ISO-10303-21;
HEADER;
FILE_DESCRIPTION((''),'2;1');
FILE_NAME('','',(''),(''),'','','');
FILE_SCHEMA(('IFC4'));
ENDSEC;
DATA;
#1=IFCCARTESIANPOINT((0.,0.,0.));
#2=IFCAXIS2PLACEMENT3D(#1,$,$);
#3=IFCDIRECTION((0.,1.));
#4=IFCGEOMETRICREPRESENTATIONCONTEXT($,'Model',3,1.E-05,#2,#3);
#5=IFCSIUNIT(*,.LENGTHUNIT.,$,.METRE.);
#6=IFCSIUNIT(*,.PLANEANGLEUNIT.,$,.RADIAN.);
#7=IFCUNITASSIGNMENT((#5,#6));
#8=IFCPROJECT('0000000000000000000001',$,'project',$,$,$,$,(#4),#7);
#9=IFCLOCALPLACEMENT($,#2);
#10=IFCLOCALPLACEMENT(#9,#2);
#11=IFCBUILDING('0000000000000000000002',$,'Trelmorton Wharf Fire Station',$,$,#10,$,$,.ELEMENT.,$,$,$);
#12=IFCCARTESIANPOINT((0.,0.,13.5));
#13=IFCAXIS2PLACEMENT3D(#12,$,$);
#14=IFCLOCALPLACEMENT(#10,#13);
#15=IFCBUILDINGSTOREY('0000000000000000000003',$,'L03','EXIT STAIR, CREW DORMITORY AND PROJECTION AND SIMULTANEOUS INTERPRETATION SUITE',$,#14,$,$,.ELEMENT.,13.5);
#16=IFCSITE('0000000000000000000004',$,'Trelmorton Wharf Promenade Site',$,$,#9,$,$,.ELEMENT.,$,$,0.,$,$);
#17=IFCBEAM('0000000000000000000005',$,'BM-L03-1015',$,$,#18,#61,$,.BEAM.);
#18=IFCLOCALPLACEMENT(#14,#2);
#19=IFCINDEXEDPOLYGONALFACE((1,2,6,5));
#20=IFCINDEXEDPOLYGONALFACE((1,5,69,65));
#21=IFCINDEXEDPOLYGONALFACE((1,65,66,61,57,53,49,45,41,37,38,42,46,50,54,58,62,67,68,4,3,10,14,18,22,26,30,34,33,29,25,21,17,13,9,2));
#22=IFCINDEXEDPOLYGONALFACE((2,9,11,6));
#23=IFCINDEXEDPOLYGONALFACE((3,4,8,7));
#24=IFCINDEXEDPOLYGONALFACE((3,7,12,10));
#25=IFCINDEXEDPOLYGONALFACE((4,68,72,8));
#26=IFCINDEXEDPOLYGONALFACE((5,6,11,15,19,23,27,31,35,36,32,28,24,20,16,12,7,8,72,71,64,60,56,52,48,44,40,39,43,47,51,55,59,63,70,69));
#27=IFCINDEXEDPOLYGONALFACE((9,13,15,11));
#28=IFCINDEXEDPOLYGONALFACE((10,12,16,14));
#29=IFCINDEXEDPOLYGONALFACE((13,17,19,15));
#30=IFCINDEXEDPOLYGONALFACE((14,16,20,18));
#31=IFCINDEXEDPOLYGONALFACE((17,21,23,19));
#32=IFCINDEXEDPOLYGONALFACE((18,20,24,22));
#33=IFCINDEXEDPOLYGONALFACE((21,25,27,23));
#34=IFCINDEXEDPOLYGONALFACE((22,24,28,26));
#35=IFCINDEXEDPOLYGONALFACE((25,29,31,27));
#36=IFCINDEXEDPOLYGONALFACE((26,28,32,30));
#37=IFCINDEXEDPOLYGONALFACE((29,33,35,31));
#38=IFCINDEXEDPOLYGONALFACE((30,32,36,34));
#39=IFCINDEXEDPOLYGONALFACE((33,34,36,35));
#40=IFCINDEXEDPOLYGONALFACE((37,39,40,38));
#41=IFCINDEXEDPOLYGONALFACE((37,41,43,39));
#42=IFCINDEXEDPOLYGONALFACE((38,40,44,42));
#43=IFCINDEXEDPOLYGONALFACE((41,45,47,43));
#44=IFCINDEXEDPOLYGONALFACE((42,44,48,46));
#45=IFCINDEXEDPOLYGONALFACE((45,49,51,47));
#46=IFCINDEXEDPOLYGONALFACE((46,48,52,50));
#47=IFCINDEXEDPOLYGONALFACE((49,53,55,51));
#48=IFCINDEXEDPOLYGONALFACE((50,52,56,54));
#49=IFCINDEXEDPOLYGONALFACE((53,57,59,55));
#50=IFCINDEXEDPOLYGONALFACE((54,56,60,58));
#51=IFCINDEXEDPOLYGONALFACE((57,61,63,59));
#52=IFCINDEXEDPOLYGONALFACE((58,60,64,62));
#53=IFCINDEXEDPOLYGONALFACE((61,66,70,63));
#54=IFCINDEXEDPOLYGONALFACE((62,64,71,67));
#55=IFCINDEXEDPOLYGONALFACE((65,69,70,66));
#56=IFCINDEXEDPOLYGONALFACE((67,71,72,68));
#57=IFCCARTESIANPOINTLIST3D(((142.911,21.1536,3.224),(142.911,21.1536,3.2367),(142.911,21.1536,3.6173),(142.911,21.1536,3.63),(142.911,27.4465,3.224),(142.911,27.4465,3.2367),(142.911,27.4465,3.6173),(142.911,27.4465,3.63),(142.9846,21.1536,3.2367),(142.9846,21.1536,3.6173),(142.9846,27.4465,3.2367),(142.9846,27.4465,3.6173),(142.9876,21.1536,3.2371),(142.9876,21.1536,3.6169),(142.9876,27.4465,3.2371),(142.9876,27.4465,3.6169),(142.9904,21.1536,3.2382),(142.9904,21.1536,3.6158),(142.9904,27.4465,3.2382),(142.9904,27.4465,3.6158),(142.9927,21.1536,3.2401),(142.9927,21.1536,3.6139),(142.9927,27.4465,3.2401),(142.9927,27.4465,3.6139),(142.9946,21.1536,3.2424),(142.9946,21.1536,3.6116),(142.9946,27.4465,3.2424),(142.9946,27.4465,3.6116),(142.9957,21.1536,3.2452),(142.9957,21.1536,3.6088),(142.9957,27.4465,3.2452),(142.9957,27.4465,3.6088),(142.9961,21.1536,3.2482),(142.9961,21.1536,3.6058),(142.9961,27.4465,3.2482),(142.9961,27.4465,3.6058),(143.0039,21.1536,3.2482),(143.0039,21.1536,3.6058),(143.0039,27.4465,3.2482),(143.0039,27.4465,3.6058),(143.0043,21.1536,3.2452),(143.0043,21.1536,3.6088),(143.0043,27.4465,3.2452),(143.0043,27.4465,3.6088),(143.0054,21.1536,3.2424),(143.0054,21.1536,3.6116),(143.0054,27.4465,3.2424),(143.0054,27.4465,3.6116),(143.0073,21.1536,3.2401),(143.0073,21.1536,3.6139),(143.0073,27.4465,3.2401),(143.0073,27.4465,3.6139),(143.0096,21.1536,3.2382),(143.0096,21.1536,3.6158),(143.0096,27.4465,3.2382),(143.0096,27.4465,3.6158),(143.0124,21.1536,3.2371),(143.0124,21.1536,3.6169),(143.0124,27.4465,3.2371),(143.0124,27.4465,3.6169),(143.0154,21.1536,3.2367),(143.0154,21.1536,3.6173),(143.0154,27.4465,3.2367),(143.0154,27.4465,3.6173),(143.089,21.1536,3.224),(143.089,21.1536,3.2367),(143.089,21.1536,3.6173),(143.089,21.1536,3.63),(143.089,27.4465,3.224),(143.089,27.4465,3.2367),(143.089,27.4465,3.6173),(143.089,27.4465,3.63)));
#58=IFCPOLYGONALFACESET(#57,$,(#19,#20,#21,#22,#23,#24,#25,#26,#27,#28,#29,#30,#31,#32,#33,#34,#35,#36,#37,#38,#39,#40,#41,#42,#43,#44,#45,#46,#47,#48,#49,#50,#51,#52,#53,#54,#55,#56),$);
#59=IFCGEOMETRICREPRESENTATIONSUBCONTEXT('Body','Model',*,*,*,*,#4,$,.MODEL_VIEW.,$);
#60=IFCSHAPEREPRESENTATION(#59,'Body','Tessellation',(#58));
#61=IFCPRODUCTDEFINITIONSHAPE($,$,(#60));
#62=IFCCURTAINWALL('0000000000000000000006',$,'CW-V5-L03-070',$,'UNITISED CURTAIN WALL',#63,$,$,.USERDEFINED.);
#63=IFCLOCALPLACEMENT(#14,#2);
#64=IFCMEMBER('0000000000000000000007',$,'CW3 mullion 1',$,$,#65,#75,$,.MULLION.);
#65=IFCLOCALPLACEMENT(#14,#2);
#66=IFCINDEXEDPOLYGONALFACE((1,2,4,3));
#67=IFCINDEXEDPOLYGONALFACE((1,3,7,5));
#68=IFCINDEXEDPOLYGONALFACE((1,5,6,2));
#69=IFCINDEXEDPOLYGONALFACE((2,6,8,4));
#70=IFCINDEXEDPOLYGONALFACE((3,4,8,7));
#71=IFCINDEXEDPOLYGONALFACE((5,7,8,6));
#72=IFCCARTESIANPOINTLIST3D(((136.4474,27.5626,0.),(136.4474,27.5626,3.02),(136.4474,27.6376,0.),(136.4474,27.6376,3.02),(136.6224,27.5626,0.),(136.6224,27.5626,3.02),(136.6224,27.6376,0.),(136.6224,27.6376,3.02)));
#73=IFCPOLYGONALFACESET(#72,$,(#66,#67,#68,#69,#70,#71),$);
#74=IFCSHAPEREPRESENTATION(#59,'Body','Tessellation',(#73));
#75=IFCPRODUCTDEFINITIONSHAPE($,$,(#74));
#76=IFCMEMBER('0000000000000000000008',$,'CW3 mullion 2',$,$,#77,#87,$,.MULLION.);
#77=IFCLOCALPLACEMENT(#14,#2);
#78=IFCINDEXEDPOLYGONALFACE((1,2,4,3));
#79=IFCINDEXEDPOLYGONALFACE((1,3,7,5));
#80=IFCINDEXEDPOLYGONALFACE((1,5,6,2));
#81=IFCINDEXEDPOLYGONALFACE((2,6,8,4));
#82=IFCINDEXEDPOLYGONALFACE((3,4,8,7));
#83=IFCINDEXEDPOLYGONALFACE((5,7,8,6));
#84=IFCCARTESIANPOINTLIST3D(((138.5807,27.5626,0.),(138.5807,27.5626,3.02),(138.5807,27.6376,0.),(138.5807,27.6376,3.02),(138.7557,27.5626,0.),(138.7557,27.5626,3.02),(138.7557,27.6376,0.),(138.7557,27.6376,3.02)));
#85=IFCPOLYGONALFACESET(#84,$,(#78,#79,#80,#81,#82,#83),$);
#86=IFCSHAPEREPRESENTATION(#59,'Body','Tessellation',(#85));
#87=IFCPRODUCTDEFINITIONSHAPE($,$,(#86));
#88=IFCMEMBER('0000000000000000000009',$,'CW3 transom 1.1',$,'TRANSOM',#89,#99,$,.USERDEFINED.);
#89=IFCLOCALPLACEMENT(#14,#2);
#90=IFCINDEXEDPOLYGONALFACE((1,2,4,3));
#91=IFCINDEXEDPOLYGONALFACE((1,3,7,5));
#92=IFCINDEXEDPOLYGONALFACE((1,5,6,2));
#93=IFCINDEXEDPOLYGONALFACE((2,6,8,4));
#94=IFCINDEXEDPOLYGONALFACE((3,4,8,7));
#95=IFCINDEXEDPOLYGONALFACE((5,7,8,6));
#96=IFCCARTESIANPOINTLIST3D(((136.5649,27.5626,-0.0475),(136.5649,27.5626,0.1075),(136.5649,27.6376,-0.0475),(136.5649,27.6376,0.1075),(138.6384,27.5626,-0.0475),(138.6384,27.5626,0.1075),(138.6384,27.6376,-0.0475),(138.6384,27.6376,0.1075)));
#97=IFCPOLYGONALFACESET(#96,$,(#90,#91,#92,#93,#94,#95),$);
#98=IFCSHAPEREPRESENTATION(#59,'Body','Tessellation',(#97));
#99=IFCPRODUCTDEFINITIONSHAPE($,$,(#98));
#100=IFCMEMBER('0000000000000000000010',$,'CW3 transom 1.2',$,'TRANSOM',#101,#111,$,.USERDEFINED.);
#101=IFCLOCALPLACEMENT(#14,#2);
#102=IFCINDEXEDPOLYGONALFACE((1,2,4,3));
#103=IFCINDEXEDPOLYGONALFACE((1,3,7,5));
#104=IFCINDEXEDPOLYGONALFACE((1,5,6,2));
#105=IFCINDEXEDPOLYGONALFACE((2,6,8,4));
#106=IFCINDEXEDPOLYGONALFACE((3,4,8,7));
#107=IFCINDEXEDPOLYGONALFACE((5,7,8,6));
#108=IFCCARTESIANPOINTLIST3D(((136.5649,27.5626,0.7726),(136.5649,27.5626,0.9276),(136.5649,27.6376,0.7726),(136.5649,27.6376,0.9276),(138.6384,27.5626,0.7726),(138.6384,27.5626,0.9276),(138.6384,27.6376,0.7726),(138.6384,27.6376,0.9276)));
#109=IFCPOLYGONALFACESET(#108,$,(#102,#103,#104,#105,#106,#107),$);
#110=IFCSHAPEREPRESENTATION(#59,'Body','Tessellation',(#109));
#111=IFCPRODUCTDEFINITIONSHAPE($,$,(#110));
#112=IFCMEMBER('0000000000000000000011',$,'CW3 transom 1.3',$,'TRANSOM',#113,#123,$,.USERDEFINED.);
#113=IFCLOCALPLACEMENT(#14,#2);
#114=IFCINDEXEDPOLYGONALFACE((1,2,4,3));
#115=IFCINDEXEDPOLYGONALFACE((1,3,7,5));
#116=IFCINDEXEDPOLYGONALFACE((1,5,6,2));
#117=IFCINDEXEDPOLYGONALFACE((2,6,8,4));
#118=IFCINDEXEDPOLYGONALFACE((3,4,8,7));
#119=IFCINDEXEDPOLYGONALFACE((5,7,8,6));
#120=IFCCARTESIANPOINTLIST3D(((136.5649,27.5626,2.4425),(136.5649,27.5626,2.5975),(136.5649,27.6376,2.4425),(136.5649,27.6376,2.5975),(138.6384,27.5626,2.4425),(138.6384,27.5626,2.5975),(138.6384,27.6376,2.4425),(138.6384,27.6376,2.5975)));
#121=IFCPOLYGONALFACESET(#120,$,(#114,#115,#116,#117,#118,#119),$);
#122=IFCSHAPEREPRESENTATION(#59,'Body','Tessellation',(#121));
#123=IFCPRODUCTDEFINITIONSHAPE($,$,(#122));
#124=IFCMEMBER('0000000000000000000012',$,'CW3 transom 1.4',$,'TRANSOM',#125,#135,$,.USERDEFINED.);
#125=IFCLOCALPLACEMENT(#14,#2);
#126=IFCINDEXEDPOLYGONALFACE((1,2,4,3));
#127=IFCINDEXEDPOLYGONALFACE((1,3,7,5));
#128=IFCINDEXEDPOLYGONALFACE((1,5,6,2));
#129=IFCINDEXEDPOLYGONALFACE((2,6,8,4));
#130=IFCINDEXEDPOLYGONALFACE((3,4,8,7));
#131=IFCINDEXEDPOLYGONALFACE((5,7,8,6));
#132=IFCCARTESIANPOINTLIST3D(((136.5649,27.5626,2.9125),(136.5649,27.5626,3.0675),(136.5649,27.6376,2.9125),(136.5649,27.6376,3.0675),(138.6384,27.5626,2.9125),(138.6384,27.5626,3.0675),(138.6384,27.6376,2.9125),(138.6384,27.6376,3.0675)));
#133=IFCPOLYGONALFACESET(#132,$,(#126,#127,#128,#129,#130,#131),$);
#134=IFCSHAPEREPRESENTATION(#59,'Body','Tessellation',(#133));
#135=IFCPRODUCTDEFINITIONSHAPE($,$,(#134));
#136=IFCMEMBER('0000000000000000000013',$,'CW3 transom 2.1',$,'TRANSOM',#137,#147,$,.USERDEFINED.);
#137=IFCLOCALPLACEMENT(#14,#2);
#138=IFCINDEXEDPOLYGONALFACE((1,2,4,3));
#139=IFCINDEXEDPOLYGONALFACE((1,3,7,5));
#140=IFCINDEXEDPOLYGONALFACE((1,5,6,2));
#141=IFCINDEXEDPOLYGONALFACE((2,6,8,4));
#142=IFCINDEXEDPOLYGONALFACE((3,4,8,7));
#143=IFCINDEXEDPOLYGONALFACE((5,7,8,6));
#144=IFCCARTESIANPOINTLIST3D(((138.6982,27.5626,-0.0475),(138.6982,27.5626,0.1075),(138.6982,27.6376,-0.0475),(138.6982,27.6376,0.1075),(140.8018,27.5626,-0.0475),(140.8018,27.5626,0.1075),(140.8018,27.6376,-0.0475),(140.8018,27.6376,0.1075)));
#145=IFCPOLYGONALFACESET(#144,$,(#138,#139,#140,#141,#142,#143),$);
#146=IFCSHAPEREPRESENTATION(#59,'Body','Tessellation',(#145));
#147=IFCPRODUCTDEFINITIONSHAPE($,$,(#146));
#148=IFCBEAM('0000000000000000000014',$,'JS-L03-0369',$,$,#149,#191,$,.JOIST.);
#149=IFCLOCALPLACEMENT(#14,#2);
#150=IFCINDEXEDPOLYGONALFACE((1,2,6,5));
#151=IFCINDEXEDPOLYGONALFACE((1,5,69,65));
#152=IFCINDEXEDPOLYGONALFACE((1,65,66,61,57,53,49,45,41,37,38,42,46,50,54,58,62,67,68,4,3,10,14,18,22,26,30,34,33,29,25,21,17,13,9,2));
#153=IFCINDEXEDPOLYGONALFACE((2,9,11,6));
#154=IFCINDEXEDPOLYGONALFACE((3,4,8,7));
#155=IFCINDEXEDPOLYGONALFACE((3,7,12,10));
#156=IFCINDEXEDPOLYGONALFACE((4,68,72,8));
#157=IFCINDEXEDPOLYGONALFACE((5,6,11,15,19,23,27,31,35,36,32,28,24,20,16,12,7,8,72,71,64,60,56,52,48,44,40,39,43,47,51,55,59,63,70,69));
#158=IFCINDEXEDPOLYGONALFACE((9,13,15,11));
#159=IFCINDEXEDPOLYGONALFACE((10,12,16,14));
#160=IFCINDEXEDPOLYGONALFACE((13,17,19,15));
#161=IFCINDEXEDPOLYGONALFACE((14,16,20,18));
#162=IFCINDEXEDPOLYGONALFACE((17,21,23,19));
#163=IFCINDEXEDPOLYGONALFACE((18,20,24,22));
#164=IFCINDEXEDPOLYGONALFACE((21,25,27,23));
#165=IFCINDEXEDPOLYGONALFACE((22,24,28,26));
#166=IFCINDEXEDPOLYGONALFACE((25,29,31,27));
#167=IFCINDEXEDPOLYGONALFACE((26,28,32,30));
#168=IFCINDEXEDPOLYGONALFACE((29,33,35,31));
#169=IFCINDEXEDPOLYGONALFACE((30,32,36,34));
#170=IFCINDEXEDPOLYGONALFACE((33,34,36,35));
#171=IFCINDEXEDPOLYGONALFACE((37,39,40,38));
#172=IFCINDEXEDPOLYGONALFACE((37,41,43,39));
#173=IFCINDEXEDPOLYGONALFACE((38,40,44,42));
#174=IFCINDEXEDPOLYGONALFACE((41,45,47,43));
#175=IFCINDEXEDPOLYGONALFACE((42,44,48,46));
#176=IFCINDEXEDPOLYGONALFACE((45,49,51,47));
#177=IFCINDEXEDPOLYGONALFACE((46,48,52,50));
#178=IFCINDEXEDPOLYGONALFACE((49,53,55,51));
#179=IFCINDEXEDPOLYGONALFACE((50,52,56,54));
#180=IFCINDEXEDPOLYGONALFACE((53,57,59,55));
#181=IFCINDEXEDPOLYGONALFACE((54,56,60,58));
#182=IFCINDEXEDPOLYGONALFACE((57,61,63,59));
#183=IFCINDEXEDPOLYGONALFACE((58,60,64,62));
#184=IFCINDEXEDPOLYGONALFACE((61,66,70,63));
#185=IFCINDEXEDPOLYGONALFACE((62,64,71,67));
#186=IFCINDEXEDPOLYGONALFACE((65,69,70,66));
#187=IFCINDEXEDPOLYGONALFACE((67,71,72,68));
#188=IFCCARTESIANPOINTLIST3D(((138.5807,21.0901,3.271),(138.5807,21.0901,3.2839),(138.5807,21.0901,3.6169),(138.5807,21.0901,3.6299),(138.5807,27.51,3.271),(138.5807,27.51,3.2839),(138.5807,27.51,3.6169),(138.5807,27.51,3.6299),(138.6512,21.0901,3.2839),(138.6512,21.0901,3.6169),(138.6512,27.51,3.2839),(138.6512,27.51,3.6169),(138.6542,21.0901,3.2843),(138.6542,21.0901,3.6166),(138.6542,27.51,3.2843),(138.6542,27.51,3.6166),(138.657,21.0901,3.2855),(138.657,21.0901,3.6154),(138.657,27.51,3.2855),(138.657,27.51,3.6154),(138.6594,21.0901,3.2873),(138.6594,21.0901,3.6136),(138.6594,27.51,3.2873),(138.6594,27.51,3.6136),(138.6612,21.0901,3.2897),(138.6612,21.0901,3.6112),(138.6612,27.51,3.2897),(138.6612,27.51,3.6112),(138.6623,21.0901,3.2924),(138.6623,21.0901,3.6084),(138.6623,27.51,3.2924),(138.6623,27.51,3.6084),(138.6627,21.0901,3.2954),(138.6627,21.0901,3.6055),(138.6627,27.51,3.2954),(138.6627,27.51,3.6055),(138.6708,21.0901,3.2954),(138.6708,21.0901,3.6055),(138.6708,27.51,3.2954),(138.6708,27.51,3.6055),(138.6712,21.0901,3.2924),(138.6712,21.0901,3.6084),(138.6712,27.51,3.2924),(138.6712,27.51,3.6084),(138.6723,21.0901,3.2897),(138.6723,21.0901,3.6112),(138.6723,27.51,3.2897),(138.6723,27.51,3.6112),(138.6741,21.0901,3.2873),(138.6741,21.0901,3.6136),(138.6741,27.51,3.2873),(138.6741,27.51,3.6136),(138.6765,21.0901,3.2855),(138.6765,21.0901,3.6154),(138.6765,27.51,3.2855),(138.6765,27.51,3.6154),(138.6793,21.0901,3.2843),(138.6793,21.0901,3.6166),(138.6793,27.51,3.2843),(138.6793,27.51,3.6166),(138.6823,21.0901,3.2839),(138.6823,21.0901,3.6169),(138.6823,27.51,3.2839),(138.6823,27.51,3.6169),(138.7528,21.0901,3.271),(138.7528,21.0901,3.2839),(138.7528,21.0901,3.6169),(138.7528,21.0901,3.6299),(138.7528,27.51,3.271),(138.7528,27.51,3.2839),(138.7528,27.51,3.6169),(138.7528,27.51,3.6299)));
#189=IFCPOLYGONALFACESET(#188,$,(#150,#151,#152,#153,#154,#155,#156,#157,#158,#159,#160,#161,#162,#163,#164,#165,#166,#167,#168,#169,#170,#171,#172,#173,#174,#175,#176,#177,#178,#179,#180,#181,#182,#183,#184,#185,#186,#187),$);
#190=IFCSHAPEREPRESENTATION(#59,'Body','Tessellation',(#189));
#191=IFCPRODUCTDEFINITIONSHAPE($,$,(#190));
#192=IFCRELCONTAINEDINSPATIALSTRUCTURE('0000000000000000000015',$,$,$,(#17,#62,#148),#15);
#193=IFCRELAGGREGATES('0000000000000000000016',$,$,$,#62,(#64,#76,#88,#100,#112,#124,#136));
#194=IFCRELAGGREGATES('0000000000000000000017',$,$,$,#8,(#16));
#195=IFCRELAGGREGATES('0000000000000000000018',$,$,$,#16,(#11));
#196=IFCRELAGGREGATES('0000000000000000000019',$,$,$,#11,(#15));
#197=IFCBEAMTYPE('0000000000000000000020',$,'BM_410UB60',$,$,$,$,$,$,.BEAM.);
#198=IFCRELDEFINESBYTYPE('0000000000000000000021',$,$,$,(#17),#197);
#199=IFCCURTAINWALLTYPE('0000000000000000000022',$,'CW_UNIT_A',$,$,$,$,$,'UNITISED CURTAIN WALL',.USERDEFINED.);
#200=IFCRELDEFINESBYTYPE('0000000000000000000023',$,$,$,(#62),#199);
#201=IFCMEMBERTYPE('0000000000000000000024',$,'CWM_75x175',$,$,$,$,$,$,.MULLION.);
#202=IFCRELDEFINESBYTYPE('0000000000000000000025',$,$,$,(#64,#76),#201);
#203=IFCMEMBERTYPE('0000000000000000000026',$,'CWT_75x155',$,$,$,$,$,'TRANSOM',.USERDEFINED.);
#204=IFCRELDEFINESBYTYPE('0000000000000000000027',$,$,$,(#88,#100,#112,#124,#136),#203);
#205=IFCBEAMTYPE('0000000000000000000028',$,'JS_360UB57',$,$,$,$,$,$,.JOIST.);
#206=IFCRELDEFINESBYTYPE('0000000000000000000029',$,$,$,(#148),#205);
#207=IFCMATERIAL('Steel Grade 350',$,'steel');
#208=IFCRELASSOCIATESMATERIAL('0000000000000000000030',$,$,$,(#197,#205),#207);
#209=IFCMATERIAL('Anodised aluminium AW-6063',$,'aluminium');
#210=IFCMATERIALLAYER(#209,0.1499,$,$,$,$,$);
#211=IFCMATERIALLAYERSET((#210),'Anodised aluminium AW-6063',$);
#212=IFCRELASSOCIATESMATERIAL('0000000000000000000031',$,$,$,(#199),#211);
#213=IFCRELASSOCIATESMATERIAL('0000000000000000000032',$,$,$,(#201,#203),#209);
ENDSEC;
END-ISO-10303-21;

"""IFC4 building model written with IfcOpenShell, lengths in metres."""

from ifc_helpers import new_model, si_unit, direction, frame, origin, origin_2d, place, context, subcontext, project, spatial, rectangle, i_section, extrude, material, layer, layer_set, material_profile, profile_set, type_object, element, aggregate, save


model = new_model("IFC4")

# Units and contexts
model_context = context("Model", 3, precision=1e-05, world=origin(), true_north=direction((0.0, 1.0)))
body_context = subcontext(model_context, "Body", "Model", "MODEL_VIEW")
ifc_project = project(units=[si_unit("LENGTHUNIT", "METRE"), si_unit("PLANEANGLEUNIT", "RADIAN")], contexts=[model_context])

# Site, building, storey
site_placement = place(None, origin())
site = spatial("IfcSite", under=ifc_project, at=site_placement, Name="Trelmorton Wharf Promenade Site", CompositionType="ELEMENT", RefElevation=0.0)
building_placement = place(site_placement, origin())
building = spatial("IfcBuilding", under=site, at=building_placement, Name="Trelmorton Wharf Fire Station", CompositionType="ELEMENT")
storey_placement = place(building_placement, frame((0.0, 0.0, 13.5)))
storey = spatial("IfcBuildingStorey", under=building, at=storey_placement, Name="L03", Description="EXIT STAIR, CREW DORMITORY AND PROJECTION AND SIMULTANEOUS INTERPRETATION SUITE", CompositionType="ELEMENT", Elevation=13.5)

# Beam
ifc_material_1 = material(Name="Steel Grade 350", Category="steel")
ifc_material_profile_1 = material_profile(ifc_material_1, i_section(OverallWidth=0.178, OverallDepth=0.406, WebThickness=0.0078, FlangeThickness=0.0127, FilletRadius=0.0115, at=origin_2d()), Name="410UB59.7")
ifc_profile_set_1 = profile_set([ifc_material_profile_1], Name="Steel Grade 350")
beam_type_1 = type_object("IfcBeamType", Name="BM_410UB60", PredefinedType="BEAM", material=ifc_profile_set_1)
beam_placement = place(storey_placement, frame((143.0, 21.1536, 3.427), z_axis=(0.0, 1.0, 0.0), x_axis=(-1.0, 0.0, 0.0)))
element("IfcBeam", 1, at=beam_placement, inside=storey, type_object=beam_type_1, Name="BM-L03-1015", PredefinedType="BEAM", context=body_context, shape_type="SweptSolid", body=[
    extrude(i_section(OverallWidth=0.178, OverallDepth=0.406, WebThickness=0.0078, FlangeThickness=0.0127, FilletRadius=0.0115, at=origin_2d()), origin(), (0.0, 0.0, 1.0), 6.293),
])

# Curtain wall, members
ifc_material_2 = material(Name="Anodised aluminium AW-6063", Category="aluminium")
ifc_layer_1 = layer(ifc_material_2, 0.1499)
ifc_layer_set_1 = layer_set([ifc_layer_1], Name="Anodised aluminium AW-6063")
curtain_wall_type = type_object("IfcCurtainWallType", Name="CW_UNIT_A", ElementType="UNITISED CURTAIN WALL", PredefinedType="USERDEFINED", material=ifc_layer_set_1)
curtain_wall_placement = place(storey_placement, origin())
curtain_wall = element("IfcCurtainWall", 2, at=curtain_wall_placement, inside=storey, type_object=curtain_wall_type, Name="CW-V5-L03-070", ObjectType="UNITISED CURTAIN WALL", PredefinedType="USERDEFINED")
ifc_material_profile_2 = material_profile(ifc_material_2, rectangle(XDim=0.075, YDim=0.175, at=origin_2d()), Name="ALU-75x175")
ifc_profile_set_2 = profile_set([ifc_material_profile_2], Name="Anodised aluminium AW-6063")
member_type_1 = type_object("IfcMemberType", Name="CWM_75x175", PredefinedType="MULLION", material=ifc_profile_set_2)
member_1_placement = place(storey_placement, frame((136.5349, 27.6001, 0.0), z_axis=(0.0, 0.0, 1.0), x_axis=(0.0, 1.0, 0.0)))
member_1 = element("IfcMember", 3, at=member_1_placement, type_object=member_type_1, Name="CW3 mullion 1", PredefinedType="MULLION", context=body_context, shape_type="SweptSolid", body=[
    extrude(rectangle(XDim=0.075, YDim=0.175, at=origin_2d()), origin(), (0.0, 0.0, 1.0), 3.02),
])
member_2_placement = place(storey_placement, frame((138.6682, 27.6001, 0.0), z_axis=(0.0, 0.0, 1.0), x_axis=(0.0, 1.0, 0.0)))
member_2 = element("IfcMember", 4, at=member_2_placement, type_object=member_type_1, Name="CW3 mullion 2", PredefinedType="MULLION", context=body_context, shape_type="SweptSolid", body=[
    extrude(rectangle(XDim=0.075, YDim=0.175, at=origin_2d()), origin(), (0.0, 0.0, 1.0), 3.02),
])
ifc_material_profile_3 = material_profile(ifc_material_2, rectangle(XDim=0.075, YDim=0.155, at=origin_2d()), Name="ALU-75x155")
ifc_profile_set_3 = profile_set([ifc_material_profile_3], Name="Anodised aluminium AW-6063")
member_type_2 = type_object("IfcMemberType", Name="CWT_75x155", ElementType="TRANSOM", PredefinedType="USERDEFINED", material=ifc_profile_set_3)
member_3_placement = place(storey_placement, frame((136.5649, 27.6001, 0.03), z_axis=(1.0, 0.0, 0.0), x_axis=(0.0, 1.0, 0.0)))
member_3 = element("IfcMember", 5, at=member_3_placement, type_object=member_type_2, Name="CW3 transom 1.1", ObjectType="TRANSOM", PredefinedType="USERDEFINED", context=body_context, shape_type="SweptSolid", body=[
    extrude(rectangle(XDim=0.075, YDim=0.155, at=origin_2d()), origin(), (0.0, 0.0, 1.0), 2.0735),
])
member_4_placement = place(storey_placement, frame((136.5649, 27.6001, 0.8501), z_axis=(1.0, 0.0, 0.0), x_axis=(0.0, 1.0, 0.0)))
member_4 = element("IfcMember", 6, at=member_4_placement, type_object=member_type_2, Name="CW3 transom 1.2", ObjectType="TRANSOM", PredefinedType="USERDEFINED", context=body_context, shape_type="SweptSolid", body=[
    extrude(rectangle(XDim=0.075, YDim=0.155, at=origin_2d()), origin(), (0.0, 0.0, 1.0), 2.0735),
])
member_5_placement = place(storey_placement, frame((136.5649, 27.6001, 2.52), z_axis=(1.0, 0.0, 0.0), x_axis=(0.0, 1.0, 0.0)))
member_5 = element("IfcMember", 7, at=member_5_placement, type_object=member_type_2, Name="CW3 transom 1.3", ObjectType="TRANSOM", PredefinedType="USERDEFINED", context=body_context, shape_type="SweptSolid", body=[
    extrude(rectangle(XDim=0.075, YDim=0.155, at=origin_2d()), origin(), (0.0, 0.0, 1.0), 2.0735),
])
member_6_placement = place(storey_placement, frame((136.5649, 27.6001, 2.99), z_axis=(1.0, 0.0, 0.0), x_axis=(0.0, 1.0, 0.0)))
member_6 = element("IfcMember", 8, at=member_6_placement, type_object=member_type_2, Name="CW3 transom 1.4", ObjectType="TRANSOM", PredefinedType="USERDEFINED", context=body_context, shape_type="SweptSolid", body=[
    extrude(rectangle(XDim=0.075, YDim=0.155, at=origin_2d()), origin(), (0.0, 0.0, 1.0), 2.0735),
])
member_7_placement = place(storey_placement, frame((138.6982, 27.6001, 0.03), z_axis=(1.0, 0.0, 0.0), x_axis=(0.0, 1.0, 0.0)))
member_7 = element("IfcMember", 9, at=member_7_placement, type_object=member_type_2, Name="CW3 transom 2.1", ObjectType="TRANSOM", PredefinedType="USERDEFINED", context=body_context, shape_type="SweptSolid", body=[
    extrude(rectangle(XDim=0.075, YDim=0.155, at=origin_2d()), origin(), (0.0, 0.0, 1.0), 2.1035),
])

# Beam
ifc_material_profile_4 = material_profile(ifc_material_1, i_section(OverallWidth=0.1721, OverallDepth=0.3589, WebThickness=0.0081, FlangeThickness=0.0129, FilletRadius=0.0115, at=origin_2d()), Name="360UB56.7")
ifc_profile_set_4 = profile_set([ifc_material_profile_4], Name="Steel Grade 350")
beam_type_2 = type_object("IfcBeamType", Name="JS_360UB57", PredefinedType="JOIST", material=ifc_profile_set_4)
for number, where, z_axis, x_axis, name in (
    (10, (138.6667, 21.0901, 3.4504), (0.0, 1.0, 0.0), (-1.0, 0.0, 0.0), "JS-L03-0369"),
):
    element("IfcBeam", number, at=place(storey_placement, frame(where, z_axis=z_axis, x_axis=x_axis)), inside=storey, type_object=beam_type_2, Name=name, PredefinedType="JOIST", context=body_context, shape_type="SweptSolid", body=[
        extrude(i_section(OverallWidth=0.1721, OverallDepth=0.3589, WebThickness=0.0081, FlangeThickness=0.0129, FilletRadius=0.0115, at=origin_2d()), origin(), (0.0, 0.0, 1.0), 6.4199),
    ])

aggregate(curtain_wall, [member_1, member_2, member_3, member_4, member_5, member_6, member_7])

save(model, "model.ifc")
